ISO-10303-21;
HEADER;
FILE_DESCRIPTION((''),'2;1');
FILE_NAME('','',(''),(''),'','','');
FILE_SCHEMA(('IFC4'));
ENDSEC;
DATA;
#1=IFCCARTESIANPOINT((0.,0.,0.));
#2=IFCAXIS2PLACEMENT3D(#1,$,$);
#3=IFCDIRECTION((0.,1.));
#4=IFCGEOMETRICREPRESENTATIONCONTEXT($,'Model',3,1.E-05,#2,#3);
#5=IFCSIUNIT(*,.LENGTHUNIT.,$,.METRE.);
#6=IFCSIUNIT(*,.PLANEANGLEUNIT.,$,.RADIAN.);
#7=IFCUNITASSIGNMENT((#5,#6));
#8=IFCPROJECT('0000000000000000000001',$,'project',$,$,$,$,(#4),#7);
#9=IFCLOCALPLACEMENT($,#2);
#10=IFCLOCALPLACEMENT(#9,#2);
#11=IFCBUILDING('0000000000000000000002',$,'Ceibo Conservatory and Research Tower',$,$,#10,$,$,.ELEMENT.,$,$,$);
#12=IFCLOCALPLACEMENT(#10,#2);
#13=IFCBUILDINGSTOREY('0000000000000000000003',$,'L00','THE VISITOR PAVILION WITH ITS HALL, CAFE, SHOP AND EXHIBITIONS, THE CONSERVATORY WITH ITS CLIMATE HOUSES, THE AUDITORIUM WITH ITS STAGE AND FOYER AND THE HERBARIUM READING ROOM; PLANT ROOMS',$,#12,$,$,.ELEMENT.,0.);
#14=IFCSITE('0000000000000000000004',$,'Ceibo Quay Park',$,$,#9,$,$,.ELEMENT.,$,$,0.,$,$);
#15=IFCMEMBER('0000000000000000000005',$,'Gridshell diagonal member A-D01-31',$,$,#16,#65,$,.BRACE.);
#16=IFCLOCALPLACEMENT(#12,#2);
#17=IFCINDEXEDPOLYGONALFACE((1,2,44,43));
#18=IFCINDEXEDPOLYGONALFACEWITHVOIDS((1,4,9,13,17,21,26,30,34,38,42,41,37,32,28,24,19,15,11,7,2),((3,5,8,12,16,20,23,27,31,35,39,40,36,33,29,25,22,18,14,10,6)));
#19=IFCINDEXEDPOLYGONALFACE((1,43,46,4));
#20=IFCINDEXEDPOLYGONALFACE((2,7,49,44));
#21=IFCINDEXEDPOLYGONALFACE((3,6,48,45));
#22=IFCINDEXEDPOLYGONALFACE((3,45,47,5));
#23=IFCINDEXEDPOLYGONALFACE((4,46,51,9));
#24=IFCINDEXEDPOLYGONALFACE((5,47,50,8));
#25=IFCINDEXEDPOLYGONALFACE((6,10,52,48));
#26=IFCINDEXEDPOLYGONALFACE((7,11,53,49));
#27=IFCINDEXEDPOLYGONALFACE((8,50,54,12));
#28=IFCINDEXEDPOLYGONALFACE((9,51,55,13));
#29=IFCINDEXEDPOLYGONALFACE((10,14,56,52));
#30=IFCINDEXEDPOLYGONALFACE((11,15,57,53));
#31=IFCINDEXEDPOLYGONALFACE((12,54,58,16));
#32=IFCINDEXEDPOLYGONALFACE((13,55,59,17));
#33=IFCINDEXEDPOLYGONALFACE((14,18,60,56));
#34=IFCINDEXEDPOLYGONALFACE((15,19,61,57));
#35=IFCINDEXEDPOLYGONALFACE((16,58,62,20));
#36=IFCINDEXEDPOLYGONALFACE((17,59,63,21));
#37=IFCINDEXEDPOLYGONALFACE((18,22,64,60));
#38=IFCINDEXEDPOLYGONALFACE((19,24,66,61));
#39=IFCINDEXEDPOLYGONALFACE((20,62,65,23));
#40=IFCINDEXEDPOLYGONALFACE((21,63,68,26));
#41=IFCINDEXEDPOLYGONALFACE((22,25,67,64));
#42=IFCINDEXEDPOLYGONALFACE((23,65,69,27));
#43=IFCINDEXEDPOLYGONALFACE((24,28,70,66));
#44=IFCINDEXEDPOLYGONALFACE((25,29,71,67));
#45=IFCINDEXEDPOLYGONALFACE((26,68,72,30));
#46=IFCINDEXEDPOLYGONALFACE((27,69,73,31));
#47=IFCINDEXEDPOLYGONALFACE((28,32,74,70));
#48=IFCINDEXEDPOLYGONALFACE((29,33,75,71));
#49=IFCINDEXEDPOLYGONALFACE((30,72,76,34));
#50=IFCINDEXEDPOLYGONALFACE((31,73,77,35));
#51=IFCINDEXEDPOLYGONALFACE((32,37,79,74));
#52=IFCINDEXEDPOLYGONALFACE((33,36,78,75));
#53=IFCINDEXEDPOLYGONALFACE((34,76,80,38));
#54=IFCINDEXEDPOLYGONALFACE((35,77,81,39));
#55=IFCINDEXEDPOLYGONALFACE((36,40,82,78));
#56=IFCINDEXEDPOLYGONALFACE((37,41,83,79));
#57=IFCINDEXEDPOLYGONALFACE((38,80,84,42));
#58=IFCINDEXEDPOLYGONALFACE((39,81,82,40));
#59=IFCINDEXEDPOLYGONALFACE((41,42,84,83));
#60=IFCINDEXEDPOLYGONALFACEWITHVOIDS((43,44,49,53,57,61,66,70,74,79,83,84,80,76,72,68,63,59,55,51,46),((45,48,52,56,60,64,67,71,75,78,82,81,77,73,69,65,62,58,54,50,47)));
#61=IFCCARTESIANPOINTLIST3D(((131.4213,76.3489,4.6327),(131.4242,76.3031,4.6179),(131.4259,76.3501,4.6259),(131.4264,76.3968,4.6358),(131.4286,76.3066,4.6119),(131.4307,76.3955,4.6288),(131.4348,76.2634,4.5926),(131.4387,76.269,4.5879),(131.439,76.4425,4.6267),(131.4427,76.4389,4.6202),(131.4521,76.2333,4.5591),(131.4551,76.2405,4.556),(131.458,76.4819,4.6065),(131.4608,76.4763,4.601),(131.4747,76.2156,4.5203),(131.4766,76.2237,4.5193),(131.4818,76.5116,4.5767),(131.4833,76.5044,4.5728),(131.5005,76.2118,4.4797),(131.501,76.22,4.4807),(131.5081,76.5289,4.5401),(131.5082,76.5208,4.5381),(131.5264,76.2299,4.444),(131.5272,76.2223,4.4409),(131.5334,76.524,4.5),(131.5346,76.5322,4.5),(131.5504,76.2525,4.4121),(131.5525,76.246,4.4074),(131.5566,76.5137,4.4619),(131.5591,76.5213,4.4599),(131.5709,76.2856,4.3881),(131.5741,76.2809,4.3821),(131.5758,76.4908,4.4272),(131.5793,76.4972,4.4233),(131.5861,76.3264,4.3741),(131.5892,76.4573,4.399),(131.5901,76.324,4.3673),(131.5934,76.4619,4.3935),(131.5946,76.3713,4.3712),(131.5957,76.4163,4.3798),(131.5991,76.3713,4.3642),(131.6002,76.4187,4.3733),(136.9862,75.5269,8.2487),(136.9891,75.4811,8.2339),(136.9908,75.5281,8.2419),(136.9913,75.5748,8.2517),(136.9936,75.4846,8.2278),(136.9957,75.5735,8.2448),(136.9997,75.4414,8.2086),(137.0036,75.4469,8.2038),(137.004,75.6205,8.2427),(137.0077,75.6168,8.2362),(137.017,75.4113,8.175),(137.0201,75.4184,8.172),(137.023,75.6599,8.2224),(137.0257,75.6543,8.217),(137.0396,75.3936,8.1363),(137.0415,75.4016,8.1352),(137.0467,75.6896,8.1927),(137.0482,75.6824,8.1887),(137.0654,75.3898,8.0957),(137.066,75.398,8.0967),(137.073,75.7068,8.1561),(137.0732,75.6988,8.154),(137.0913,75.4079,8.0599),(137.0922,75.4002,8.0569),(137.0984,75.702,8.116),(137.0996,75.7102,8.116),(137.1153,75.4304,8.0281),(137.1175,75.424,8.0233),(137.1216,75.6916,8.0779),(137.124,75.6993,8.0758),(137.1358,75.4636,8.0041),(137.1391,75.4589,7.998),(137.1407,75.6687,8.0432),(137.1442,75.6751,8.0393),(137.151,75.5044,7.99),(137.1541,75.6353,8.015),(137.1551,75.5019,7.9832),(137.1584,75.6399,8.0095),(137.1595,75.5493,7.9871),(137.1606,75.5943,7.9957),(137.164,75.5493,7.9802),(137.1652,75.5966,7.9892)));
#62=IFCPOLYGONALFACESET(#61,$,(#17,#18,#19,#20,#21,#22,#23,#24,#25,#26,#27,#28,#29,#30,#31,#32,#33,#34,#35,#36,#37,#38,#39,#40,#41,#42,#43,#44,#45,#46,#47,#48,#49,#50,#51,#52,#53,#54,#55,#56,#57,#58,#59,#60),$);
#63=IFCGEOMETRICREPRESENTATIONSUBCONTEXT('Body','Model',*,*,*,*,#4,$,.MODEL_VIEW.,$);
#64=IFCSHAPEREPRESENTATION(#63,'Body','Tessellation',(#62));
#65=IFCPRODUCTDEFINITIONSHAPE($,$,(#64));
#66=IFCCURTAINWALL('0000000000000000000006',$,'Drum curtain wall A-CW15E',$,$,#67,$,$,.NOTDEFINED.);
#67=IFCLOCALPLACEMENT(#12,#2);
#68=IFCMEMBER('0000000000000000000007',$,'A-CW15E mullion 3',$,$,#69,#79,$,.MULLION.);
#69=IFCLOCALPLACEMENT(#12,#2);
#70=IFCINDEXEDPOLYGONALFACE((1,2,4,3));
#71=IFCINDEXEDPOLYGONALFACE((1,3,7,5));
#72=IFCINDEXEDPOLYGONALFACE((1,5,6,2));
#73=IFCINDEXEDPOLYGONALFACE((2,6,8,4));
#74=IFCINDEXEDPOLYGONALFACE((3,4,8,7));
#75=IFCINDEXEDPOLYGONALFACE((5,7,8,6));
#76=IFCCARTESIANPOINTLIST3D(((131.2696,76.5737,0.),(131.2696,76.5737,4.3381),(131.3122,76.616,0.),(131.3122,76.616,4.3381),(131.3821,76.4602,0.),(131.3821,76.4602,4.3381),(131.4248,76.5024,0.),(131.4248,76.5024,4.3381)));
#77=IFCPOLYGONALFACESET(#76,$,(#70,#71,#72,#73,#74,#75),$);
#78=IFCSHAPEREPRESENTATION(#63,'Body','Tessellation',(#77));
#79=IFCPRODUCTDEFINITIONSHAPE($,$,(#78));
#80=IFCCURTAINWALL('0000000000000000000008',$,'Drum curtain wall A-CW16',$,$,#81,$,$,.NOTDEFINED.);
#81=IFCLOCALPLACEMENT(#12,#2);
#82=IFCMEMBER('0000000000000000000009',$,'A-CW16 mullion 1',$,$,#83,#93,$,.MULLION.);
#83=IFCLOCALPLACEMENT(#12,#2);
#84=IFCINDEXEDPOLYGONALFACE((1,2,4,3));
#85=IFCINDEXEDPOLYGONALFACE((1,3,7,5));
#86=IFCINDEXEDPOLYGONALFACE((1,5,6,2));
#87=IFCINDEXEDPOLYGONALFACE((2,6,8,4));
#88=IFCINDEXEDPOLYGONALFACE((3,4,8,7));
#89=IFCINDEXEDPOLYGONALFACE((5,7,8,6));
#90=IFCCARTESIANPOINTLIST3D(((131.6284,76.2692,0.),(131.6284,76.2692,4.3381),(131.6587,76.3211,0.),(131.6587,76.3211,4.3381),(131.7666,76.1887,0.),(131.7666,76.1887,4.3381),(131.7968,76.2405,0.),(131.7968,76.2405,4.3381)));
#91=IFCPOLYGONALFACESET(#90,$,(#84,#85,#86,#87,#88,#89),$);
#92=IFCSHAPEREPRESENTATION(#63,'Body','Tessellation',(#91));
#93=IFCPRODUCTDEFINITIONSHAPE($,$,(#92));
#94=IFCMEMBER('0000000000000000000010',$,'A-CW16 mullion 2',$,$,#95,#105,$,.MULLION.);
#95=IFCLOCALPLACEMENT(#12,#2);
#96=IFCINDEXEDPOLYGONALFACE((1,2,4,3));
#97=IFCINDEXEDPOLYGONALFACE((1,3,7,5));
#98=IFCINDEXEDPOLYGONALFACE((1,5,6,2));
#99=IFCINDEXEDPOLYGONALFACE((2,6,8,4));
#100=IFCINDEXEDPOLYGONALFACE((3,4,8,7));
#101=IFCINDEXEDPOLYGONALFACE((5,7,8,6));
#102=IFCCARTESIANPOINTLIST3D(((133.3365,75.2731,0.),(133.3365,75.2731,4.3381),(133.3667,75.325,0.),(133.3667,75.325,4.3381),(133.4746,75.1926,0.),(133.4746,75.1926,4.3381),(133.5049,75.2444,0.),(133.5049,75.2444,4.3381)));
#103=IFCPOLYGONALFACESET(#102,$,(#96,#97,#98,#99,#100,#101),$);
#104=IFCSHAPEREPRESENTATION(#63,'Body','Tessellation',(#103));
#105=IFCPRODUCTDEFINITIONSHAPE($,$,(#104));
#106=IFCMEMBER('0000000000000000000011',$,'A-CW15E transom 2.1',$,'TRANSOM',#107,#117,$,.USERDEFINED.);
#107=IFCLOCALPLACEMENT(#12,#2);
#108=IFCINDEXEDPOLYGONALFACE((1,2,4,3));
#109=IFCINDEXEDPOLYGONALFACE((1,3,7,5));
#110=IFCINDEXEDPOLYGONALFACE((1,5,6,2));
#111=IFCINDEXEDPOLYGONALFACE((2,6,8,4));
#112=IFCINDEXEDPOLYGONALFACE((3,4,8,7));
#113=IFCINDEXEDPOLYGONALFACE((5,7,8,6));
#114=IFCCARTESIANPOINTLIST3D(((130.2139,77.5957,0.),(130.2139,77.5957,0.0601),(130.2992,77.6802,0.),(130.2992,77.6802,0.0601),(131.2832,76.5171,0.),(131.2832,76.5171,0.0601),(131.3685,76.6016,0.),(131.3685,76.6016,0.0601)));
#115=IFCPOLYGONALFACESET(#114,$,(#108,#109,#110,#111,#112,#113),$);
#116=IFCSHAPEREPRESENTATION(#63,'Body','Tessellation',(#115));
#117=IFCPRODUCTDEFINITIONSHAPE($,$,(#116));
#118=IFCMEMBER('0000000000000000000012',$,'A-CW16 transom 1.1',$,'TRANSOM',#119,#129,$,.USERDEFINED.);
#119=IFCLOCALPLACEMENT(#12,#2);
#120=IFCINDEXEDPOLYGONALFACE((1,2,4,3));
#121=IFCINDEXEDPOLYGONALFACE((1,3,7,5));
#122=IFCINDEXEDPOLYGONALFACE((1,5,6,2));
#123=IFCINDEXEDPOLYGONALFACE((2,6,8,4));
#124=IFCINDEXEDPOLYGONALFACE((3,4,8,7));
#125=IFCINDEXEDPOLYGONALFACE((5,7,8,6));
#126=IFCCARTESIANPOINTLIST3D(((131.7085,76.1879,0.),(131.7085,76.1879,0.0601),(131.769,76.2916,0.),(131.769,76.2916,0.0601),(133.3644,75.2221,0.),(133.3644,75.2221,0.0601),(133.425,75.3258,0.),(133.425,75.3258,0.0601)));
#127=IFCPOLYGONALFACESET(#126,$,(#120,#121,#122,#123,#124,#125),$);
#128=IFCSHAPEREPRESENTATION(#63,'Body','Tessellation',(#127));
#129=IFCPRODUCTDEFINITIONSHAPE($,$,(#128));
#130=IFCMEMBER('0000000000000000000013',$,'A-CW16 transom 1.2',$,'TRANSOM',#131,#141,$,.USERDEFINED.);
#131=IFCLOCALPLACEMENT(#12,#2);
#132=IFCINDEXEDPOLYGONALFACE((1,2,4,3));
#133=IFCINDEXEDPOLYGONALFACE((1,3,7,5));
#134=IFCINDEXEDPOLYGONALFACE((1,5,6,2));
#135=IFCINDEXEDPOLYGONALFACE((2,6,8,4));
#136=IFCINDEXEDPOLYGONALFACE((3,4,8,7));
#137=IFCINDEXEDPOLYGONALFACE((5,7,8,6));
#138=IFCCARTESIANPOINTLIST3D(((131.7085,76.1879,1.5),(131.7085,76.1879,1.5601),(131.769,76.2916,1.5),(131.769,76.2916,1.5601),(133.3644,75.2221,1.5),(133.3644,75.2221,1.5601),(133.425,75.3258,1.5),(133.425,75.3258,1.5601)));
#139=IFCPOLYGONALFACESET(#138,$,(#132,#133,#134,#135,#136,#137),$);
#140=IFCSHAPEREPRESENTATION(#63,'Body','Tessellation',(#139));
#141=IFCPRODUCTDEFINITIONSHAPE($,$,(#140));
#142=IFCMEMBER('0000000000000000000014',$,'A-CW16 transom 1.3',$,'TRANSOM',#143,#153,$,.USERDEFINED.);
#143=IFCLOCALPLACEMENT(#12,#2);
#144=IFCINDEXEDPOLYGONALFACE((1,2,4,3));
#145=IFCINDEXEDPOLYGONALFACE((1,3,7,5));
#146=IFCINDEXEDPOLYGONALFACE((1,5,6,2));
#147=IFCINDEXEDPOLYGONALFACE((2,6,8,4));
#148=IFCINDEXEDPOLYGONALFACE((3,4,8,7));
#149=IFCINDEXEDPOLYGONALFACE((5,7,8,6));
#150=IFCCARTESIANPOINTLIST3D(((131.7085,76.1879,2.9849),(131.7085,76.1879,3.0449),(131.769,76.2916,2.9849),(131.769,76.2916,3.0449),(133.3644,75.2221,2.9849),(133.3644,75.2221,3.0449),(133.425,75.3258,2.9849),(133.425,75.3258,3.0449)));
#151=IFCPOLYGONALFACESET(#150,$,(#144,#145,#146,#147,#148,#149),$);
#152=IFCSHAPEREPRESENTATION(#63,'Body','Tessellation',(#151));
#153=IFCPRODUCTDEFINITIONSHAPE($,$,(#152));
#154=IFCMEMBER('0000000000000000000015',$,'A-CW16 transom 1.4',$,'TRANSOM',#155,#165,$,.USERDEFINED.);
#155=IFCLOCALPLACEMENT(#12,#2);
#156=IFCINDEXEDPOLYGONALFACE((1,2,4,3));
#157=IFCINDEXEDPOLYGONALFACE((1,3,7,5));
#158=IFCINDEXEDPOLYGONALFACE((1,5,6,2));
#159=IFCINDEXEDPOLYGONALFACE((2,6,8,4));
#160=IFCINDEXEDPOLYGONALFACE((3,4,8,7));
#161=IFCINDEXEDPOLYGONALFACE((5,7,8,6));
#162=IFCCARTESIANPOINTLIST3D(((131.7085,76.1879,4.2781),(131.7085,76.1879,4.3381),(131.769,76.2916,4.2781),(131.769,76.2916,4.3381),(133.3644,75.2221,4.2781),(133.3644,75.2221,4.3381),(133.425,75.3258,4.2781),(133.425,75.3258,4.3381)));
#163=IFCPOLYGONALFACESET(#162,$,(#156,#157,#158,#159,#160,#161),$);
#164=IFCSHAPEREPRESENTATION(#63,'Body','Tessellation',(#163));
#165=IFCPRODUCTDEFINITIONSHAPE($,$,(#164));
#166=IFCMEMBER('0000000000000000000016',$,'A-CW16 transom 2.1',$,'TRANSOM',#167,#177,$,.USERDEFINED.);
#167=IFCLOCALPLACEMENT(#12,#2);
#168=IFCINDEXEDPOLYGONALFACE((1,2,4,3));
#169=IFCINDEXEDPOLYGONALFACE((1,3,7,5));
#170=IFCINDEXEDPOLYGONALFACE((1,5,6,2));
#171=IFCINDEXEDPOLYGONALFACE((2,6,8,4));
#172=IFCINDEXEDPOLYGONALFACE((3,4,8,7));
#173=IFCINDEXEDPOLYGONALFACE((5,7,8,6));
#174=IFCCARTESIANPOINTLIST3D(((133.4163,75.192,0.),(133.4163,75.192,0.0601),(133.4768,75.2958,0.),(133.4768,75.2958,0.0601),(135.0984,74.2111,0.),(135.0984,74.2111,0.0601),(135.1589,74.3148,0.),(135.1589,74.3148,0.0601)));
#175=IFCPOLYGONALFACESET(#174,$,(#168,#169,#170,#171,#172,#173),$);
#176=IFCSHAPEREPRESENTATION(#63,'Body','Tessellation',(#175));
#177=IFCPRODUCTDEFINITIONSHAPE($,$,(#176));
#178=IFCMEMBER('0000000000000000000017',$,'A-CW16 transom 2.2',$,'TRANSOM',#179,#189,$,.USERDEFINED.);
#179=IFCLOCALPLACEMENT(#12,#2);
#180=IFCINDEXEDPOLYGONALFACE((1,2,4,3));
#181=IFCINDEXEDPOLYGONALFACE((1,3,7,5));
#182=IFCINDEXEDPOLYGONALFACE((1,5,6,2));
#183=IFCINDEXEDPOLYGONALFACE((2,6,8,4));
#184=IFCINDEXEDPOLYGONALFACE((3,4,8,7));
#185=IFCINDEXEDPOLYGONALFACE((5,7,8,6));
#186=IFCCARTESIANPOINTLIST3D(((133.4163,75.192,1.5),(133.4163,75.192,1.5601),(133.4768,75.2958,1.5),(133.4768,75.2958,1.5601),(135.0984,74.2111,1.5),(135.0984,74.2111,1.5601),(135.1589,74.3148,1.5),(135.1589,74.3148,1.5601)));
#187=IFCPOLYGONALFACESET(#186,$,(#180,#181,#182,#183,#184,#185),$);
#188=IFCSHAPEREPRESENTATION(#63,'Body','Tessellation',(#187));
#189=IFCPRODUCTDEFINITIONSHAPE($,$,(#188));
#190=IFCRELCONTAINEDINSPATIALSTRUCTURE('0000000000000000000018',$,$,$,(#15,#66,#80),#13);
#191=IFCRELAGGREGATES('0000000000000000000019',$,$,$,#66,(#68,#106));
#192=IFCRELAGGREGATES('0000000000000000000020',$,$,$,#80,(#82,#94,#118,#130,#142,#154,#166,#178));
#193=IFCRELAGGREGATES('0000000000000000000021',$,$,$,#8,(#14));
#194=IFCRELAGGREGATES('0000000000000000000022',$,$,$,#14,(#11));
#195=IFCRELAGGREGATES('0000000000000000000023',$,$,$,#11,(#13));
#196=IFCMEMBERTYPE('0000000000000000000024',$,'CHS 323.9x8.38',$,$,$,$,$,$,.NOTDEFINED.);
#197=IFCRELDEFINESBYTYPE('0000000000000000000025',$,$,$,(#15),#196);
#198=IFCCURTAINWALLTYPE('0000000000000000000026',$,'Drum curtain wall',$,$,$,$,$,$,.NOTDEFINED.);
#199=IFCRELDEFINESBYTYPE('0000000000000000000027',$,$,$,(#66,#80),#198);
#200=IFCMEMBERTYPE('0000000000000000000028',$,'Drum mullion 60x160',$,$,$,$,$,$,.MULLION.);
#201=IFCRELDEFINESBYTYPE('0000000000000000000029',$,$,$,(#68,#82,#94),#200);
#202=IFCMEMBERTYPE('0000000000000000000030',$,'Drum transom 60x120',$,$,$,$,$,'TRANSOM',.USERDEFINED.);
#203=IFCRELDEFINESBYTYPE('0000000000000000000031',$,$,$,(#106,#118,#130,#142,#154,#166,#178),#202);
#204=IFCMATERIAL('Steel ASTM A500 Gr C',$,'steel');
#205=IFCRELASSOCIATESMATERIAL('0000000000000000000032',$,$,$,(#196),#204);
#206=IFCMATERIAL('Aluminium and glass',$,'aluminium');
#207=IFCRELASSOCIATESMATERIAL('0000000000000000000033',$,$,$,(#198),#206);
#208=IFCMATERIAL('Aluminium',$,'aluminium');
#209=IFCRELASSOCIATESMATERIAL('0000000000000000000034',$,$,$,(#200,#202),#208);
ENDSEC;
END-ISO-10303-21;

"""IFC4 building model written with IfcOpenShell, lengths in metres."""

from ifc_helpers import new_model, si_unit, direction, frame, origin, origin_2d, place, context, subcontext, project, spatial, rectangle, hollow_circle, extrude, material, material_profile, profile_set, type_object, element, aggregate, save


model = new_model("IFC4")

# Units and contexts
model_context = context("Model", 3, precision=1e-05, world=origin(), true_north=direction((0.0, 1.0)))
body_context = subcontext(model_context, "Body", "Model", "MODEL_VIEW")
ifc_project = project(units=[si_unit("LENGTHUNIT", "METRE"), si_unit("PLANEANGLEUNIT", "RADIAN")], contexts=[model_context])

# Site, building, storey
site_placement = place(None, origin())
site = spatial("IfcSite", under=ifc_project, at=site_placement, Name="Ceibo Quay Park", CompositionType="ELEMENT", RefElevation=0.0)
building_placement = place(site_placement, origin())
building = spatial("IfcBuilding", under=site, at=building_placement, Name="Ceibo Conservatory and Research Tower", CompositionType="ELEMENT")
storey_placement = place(building_placement, origin())
storey = spatial("IfcBuildingStorey", under=building, at=storey_placement, Name="L00", Description="THE VISITOR PAVILION WITH ITS HALL, CAFE, SHOP AND EXHIBITIONS, THE CONSERVATORY WITH ITS CLIMATE HOUSES, THE AUDITORIUM WITH ITS STAGE AND FOYER AND THE HERBARIUM READING ROOM; PLANT ROOMS", CompositionType="ELEMENT", Elevation=0.0)

# Shared definitions
ifc_material_1 = material(Name="Steel ASTM A500 Gr C", Category="steel")

# Member
ifc_material_profile_1 = material_profile(ifc_material_1, hollow_circle(Radius=0.1619, WallThickness=0.0083, at=origin_2d()), Name="CHS 323.9x8.38")
ifc_profile_set_1 = profile_set([ifc_material_profile_1], Name="Steel ASTM A500 Gr C")
member_type_1 = type_object("IfcMemberType", Name="CHS 323.9x8.38", PredefinedType="NOTDEFINED", material=ifc_profile_set_1)
member_1_placement = place(storey_placement, frame((131.511, 76.3721, 4.5), z_axis=(0.83217, -0.122923, 0.540724), x_axis=(0.146129, 0.989266, 0.0)))
element("IfcMember", 1, at=member_1_placement, inside=storey, type_object=member_type_1, Name="Gridshell diagonal member A-D01-31", PredefinedType="BRACE", context=body_context, shape_type="SweptSolid", body=[
    extrude(hollow_circle(Radius=0.1619, WallThickness=0.0083, at=origin_2d()), origin(), (0.0, 0.0, 1.0), 6.6873),
])

# Curtain wall, member
ifc_material_2 = material(Name="Aluminium and glass", Category="aluminium")
curtain_wall_type = type_object("IfcCurtainWallType", Name="Drum curtain wall", PredefinedType="NOTDEFINED", material=ifc_material_2)
curtain_wall_1_placement = place(storey_placement, origin())
curtain_wall_1 = element("IfcCurtainWall", 2, at=curtain_wall_1_placement, inside=storey, type_object=curtain_wall_type, Name="Drum curtain wall A-CW15E", PredefinedType="NOTDEFINED")
ifc_material_3 = material(Name="Aluminium", Category="aluminium")
ifc_material_profile_2 = material_profile(ifc_material_3, rectangle(XDim=0.0601, YDim=0.1599, at=origin_2d()), Name="AL 60x160")
ifc_profile_set_2 = profile_set([ifc_material_profile_2], Name="Aluminium")
member_type_2 = type_object("IfcMemberType", Name="Drum mullion 60x160", PredefinedType="MULLION", material=ifc_profile_set_2)
member_2_placement = place(storey_placement, frame((131.3472, 76.5381, 0.0), z_axis=(0.0, 0.0, 1.0), x_axis=(0.710185, 0.704015, 0.0)))
member_2 = element("IfcMember", 3, at=member_2_placement, type_object=member_type_2, Name="A-CW15E mullion 3", PredefinedType="MULLION", context=body_context, shape_type="SweptSolid", body=[
    extrude(rectangle(XDim=0.0601, YDim=0.1599, at=origin_2d()), origin(), (0.0, 0.0, 1.0), 4.3381),
])

# Curtain wall, members
curtain_wall_2_placement = place(storey_placement, origin())
curtain_wall_2 = element("IfcCurtainWall", 4, at=curtain_wall_2_placement, inside=storey, type_object=curtain_wall_type, Name="Drum curtain wall A-CW16", PredefinedType="NOTDEFINED")
member_3_placement = place(storey_placement, frame((131.7126, 76.2549, 0.0), z_axis=(0.0, 0.0, 1.0), x_axis=(0.503774, 0.863836, 0.0)))
member_3 = element("IfcMember", 5, at=member_3_placement, type_object=member_type_2, Name="A-CW16 mullion 1", PredefinedType="MULLION", context=body_context, shape_type="SweptSolid", body=[
    extrude(rectangle(XDim=0.0601, YDim=0.1599, at=origin_2d()), origin(), (0.0, 0.0, 1.0), 4.3381),
])
member_4_placement = place(storey_placement, frame((133.4207, 75.2588, 0.0), z_axis=(0.0, 0.0, 1.0), x_axis=(0.503774, 0.863836, 0.0)))
member_4 = element("IfcMember", 6, at=member_4_placement, type_object=member_type_2, Name="A-CW16 mullion 2", PredefinedType="MULLION", context=body_context, shape_type="SweptSolid", body=[
    extrude(rectangle(XDim=0.0601, YDim=0.1599, at=origin_2d()), origin(), (0.0, 0.0, 1.0), 4.3381),
])

# Members
ifc_material_profile_3 = material_profile(ifc_material_3, rectangle(XDim=0.1201, YDim=0.0601, at=origin_2d()), Name="AL 60x120")
ifc_profile_set_3 = profile_set([ifc_material_profile_3], Name="Aluminium")
member_type_3 = type_object("IfcMemberType", Name="Drum transom 60x120", ElementType="TRANSOM", PredefinedType="USERDEFINED", material=ifc_profile_set_3)
member_5_placement = place(storey_placement, frame((130.2566, 77.6379, 0.03), z_axis=(0.704046, -0.710154, 0.0), x_axis=(0.710154, 0.704046, 0.0)))
member_5 = element("IfcMember", 7, at=member_5_placement, type_object=member_type_3, Name="A-CW15E transom 2.1", ObjectType="TRANSOM", PredefinedType="USERDEFINED", context=body_context, shape_type="SweptSolid", body=[
    extrude(rectangle(XDim=0.1201, YDim=0.0601, at=origin_2d()), origin(), (0.0, 0.0, 1.0), 1.5188),
])
member_6_placement = place(storey_placement, frame((131.7388, 76.2397, 0.03), z_axis=(0.86382, -0.5038, 0.0), x_axis=(0.5038, 0.86382, 0.0)))
member_6 = element("IfcMember", 8, at=member_6_placement, type_object=member_type_3, Name="A-CW16 transom 1.1", ObjectType="TRANSOM", PredefinedType="USERDEFINED", context=body_context, shape_type="SweptSolid", body=[
    extrude(rectangle(XDim=0.1201, YDim=0.0601, at=origin_2d()), origin(), (0.0, 0.0, 1.0), 1.917),
])
member_7_placement = place(storey_placement, frame((131.7388, 76.2397, 1.53), z_axis=(0.86382, -0.5038, 0.0), x_axis=(0.5038, 0.86382, 0.0)))
member_7 = element("IfcMember", 9, at=member_7_placement, type_object=member_type_3, Name="A-CW16 transom 1.2", ObjectType="TRANSOM", PredefinedType="USERDEFINED", context=body_context, shape_type="SweptSolid", body=[
    extrude(rectangle(XDim=0.1201, YDim=0.0601, at=origin_2d()), origin(), (0.0, 0.0, 1.0), 1.917),
])
member_8_placement = place(storey_placement, frame((131.7388, 76.2397, 3.0149), z_axis=(0.86382, -0.5038, 0.0), x_axis=(0.5038, 0.86382, 0.0)))
member_8 = element("IfcMember", 10, at=member_8_placement, type_object=member_type_3, Name="A-CW16 transom 1.3", ObjectType="TRANSOM", PredefinedType="USERDEFINED", context=body_context, shape_type="SweptSolid", body=[
    extrude(rectangle(XDim=0.1201, YDim=0.0601, at=origin_2d()), origin(), (0.0, 0.0, 1.0), 1.917),
])
member_9_placement = place(storey_placement, frame((131.7388, 76.2397, 4.3081), z_axis=(0.86382, -0.5038, 0.0), x_axis=(0.5038, 0.86382, 0.0)))
member_9 = element("IfcMember", 11, at=member_9_placement, type_object=member_type_3, Name="A-CW16 transom 1.4", ObjectType="TRANSOM", PredefinedType="USERDEFINED", context=body_context, shape_type="SweptSolid", body=[
    extrude(rectangle(XDim=0.1201, YDim=0.0601, at=origin_2d()), origin(), (0.0, 0.0, 1.0), 1.917),
])
member_10_placement = place(storey_placement, frame((133.4465, 75.2439, 0.03), z_axis=(0.863843, -0.503762, 0.0), x_axis=(0.503762, 0.863843, 0.0)))
member_10 = element("IfcMember", 12, at=member_10_placement, type_object=member_type_3, Name="A-CW16 transom 2.1", ObjectType="TRANSOM", PredefinedType="USERDEFINED", context=body_context, shape_type="SweptSolid", body=[
    extrude(rectangle(XDim=0.1201, YDim=0.0601, at=origin_2d()), origin(), (0.0, 0.0, 1.0), 1.9473),
])
member_11_placement = place(storey_placement, frame((133.4465, 75.2439, 1.53), z_axis=(0.863843, -0.503762, 0.0), x_axis=(0.503762, 0.863843, 0.0)))
member_11 = element("IfcMember", 13, at=member_11_placement, type_object=member_type_3, Name="A-CW16 transom 2.2", ObjectType="TRANSOM", PredefinedType="USERDEFINED", context=body_context, shape_type="SweptSolid", body=[
    extrude(rectangle(XDim=0.1201, YDim=0.0601, at=origin_2d()), origin(), (0.0, 0.0, 1.0), 1.9473),
])

aggregate(curtain_wall_1, [member_2, member_5])
aggregate(curtain_wall_2, [member_3, member_4, member_6, member_7, member_8, member_9, member_10, member_11])

save(model, "model.ifc")
